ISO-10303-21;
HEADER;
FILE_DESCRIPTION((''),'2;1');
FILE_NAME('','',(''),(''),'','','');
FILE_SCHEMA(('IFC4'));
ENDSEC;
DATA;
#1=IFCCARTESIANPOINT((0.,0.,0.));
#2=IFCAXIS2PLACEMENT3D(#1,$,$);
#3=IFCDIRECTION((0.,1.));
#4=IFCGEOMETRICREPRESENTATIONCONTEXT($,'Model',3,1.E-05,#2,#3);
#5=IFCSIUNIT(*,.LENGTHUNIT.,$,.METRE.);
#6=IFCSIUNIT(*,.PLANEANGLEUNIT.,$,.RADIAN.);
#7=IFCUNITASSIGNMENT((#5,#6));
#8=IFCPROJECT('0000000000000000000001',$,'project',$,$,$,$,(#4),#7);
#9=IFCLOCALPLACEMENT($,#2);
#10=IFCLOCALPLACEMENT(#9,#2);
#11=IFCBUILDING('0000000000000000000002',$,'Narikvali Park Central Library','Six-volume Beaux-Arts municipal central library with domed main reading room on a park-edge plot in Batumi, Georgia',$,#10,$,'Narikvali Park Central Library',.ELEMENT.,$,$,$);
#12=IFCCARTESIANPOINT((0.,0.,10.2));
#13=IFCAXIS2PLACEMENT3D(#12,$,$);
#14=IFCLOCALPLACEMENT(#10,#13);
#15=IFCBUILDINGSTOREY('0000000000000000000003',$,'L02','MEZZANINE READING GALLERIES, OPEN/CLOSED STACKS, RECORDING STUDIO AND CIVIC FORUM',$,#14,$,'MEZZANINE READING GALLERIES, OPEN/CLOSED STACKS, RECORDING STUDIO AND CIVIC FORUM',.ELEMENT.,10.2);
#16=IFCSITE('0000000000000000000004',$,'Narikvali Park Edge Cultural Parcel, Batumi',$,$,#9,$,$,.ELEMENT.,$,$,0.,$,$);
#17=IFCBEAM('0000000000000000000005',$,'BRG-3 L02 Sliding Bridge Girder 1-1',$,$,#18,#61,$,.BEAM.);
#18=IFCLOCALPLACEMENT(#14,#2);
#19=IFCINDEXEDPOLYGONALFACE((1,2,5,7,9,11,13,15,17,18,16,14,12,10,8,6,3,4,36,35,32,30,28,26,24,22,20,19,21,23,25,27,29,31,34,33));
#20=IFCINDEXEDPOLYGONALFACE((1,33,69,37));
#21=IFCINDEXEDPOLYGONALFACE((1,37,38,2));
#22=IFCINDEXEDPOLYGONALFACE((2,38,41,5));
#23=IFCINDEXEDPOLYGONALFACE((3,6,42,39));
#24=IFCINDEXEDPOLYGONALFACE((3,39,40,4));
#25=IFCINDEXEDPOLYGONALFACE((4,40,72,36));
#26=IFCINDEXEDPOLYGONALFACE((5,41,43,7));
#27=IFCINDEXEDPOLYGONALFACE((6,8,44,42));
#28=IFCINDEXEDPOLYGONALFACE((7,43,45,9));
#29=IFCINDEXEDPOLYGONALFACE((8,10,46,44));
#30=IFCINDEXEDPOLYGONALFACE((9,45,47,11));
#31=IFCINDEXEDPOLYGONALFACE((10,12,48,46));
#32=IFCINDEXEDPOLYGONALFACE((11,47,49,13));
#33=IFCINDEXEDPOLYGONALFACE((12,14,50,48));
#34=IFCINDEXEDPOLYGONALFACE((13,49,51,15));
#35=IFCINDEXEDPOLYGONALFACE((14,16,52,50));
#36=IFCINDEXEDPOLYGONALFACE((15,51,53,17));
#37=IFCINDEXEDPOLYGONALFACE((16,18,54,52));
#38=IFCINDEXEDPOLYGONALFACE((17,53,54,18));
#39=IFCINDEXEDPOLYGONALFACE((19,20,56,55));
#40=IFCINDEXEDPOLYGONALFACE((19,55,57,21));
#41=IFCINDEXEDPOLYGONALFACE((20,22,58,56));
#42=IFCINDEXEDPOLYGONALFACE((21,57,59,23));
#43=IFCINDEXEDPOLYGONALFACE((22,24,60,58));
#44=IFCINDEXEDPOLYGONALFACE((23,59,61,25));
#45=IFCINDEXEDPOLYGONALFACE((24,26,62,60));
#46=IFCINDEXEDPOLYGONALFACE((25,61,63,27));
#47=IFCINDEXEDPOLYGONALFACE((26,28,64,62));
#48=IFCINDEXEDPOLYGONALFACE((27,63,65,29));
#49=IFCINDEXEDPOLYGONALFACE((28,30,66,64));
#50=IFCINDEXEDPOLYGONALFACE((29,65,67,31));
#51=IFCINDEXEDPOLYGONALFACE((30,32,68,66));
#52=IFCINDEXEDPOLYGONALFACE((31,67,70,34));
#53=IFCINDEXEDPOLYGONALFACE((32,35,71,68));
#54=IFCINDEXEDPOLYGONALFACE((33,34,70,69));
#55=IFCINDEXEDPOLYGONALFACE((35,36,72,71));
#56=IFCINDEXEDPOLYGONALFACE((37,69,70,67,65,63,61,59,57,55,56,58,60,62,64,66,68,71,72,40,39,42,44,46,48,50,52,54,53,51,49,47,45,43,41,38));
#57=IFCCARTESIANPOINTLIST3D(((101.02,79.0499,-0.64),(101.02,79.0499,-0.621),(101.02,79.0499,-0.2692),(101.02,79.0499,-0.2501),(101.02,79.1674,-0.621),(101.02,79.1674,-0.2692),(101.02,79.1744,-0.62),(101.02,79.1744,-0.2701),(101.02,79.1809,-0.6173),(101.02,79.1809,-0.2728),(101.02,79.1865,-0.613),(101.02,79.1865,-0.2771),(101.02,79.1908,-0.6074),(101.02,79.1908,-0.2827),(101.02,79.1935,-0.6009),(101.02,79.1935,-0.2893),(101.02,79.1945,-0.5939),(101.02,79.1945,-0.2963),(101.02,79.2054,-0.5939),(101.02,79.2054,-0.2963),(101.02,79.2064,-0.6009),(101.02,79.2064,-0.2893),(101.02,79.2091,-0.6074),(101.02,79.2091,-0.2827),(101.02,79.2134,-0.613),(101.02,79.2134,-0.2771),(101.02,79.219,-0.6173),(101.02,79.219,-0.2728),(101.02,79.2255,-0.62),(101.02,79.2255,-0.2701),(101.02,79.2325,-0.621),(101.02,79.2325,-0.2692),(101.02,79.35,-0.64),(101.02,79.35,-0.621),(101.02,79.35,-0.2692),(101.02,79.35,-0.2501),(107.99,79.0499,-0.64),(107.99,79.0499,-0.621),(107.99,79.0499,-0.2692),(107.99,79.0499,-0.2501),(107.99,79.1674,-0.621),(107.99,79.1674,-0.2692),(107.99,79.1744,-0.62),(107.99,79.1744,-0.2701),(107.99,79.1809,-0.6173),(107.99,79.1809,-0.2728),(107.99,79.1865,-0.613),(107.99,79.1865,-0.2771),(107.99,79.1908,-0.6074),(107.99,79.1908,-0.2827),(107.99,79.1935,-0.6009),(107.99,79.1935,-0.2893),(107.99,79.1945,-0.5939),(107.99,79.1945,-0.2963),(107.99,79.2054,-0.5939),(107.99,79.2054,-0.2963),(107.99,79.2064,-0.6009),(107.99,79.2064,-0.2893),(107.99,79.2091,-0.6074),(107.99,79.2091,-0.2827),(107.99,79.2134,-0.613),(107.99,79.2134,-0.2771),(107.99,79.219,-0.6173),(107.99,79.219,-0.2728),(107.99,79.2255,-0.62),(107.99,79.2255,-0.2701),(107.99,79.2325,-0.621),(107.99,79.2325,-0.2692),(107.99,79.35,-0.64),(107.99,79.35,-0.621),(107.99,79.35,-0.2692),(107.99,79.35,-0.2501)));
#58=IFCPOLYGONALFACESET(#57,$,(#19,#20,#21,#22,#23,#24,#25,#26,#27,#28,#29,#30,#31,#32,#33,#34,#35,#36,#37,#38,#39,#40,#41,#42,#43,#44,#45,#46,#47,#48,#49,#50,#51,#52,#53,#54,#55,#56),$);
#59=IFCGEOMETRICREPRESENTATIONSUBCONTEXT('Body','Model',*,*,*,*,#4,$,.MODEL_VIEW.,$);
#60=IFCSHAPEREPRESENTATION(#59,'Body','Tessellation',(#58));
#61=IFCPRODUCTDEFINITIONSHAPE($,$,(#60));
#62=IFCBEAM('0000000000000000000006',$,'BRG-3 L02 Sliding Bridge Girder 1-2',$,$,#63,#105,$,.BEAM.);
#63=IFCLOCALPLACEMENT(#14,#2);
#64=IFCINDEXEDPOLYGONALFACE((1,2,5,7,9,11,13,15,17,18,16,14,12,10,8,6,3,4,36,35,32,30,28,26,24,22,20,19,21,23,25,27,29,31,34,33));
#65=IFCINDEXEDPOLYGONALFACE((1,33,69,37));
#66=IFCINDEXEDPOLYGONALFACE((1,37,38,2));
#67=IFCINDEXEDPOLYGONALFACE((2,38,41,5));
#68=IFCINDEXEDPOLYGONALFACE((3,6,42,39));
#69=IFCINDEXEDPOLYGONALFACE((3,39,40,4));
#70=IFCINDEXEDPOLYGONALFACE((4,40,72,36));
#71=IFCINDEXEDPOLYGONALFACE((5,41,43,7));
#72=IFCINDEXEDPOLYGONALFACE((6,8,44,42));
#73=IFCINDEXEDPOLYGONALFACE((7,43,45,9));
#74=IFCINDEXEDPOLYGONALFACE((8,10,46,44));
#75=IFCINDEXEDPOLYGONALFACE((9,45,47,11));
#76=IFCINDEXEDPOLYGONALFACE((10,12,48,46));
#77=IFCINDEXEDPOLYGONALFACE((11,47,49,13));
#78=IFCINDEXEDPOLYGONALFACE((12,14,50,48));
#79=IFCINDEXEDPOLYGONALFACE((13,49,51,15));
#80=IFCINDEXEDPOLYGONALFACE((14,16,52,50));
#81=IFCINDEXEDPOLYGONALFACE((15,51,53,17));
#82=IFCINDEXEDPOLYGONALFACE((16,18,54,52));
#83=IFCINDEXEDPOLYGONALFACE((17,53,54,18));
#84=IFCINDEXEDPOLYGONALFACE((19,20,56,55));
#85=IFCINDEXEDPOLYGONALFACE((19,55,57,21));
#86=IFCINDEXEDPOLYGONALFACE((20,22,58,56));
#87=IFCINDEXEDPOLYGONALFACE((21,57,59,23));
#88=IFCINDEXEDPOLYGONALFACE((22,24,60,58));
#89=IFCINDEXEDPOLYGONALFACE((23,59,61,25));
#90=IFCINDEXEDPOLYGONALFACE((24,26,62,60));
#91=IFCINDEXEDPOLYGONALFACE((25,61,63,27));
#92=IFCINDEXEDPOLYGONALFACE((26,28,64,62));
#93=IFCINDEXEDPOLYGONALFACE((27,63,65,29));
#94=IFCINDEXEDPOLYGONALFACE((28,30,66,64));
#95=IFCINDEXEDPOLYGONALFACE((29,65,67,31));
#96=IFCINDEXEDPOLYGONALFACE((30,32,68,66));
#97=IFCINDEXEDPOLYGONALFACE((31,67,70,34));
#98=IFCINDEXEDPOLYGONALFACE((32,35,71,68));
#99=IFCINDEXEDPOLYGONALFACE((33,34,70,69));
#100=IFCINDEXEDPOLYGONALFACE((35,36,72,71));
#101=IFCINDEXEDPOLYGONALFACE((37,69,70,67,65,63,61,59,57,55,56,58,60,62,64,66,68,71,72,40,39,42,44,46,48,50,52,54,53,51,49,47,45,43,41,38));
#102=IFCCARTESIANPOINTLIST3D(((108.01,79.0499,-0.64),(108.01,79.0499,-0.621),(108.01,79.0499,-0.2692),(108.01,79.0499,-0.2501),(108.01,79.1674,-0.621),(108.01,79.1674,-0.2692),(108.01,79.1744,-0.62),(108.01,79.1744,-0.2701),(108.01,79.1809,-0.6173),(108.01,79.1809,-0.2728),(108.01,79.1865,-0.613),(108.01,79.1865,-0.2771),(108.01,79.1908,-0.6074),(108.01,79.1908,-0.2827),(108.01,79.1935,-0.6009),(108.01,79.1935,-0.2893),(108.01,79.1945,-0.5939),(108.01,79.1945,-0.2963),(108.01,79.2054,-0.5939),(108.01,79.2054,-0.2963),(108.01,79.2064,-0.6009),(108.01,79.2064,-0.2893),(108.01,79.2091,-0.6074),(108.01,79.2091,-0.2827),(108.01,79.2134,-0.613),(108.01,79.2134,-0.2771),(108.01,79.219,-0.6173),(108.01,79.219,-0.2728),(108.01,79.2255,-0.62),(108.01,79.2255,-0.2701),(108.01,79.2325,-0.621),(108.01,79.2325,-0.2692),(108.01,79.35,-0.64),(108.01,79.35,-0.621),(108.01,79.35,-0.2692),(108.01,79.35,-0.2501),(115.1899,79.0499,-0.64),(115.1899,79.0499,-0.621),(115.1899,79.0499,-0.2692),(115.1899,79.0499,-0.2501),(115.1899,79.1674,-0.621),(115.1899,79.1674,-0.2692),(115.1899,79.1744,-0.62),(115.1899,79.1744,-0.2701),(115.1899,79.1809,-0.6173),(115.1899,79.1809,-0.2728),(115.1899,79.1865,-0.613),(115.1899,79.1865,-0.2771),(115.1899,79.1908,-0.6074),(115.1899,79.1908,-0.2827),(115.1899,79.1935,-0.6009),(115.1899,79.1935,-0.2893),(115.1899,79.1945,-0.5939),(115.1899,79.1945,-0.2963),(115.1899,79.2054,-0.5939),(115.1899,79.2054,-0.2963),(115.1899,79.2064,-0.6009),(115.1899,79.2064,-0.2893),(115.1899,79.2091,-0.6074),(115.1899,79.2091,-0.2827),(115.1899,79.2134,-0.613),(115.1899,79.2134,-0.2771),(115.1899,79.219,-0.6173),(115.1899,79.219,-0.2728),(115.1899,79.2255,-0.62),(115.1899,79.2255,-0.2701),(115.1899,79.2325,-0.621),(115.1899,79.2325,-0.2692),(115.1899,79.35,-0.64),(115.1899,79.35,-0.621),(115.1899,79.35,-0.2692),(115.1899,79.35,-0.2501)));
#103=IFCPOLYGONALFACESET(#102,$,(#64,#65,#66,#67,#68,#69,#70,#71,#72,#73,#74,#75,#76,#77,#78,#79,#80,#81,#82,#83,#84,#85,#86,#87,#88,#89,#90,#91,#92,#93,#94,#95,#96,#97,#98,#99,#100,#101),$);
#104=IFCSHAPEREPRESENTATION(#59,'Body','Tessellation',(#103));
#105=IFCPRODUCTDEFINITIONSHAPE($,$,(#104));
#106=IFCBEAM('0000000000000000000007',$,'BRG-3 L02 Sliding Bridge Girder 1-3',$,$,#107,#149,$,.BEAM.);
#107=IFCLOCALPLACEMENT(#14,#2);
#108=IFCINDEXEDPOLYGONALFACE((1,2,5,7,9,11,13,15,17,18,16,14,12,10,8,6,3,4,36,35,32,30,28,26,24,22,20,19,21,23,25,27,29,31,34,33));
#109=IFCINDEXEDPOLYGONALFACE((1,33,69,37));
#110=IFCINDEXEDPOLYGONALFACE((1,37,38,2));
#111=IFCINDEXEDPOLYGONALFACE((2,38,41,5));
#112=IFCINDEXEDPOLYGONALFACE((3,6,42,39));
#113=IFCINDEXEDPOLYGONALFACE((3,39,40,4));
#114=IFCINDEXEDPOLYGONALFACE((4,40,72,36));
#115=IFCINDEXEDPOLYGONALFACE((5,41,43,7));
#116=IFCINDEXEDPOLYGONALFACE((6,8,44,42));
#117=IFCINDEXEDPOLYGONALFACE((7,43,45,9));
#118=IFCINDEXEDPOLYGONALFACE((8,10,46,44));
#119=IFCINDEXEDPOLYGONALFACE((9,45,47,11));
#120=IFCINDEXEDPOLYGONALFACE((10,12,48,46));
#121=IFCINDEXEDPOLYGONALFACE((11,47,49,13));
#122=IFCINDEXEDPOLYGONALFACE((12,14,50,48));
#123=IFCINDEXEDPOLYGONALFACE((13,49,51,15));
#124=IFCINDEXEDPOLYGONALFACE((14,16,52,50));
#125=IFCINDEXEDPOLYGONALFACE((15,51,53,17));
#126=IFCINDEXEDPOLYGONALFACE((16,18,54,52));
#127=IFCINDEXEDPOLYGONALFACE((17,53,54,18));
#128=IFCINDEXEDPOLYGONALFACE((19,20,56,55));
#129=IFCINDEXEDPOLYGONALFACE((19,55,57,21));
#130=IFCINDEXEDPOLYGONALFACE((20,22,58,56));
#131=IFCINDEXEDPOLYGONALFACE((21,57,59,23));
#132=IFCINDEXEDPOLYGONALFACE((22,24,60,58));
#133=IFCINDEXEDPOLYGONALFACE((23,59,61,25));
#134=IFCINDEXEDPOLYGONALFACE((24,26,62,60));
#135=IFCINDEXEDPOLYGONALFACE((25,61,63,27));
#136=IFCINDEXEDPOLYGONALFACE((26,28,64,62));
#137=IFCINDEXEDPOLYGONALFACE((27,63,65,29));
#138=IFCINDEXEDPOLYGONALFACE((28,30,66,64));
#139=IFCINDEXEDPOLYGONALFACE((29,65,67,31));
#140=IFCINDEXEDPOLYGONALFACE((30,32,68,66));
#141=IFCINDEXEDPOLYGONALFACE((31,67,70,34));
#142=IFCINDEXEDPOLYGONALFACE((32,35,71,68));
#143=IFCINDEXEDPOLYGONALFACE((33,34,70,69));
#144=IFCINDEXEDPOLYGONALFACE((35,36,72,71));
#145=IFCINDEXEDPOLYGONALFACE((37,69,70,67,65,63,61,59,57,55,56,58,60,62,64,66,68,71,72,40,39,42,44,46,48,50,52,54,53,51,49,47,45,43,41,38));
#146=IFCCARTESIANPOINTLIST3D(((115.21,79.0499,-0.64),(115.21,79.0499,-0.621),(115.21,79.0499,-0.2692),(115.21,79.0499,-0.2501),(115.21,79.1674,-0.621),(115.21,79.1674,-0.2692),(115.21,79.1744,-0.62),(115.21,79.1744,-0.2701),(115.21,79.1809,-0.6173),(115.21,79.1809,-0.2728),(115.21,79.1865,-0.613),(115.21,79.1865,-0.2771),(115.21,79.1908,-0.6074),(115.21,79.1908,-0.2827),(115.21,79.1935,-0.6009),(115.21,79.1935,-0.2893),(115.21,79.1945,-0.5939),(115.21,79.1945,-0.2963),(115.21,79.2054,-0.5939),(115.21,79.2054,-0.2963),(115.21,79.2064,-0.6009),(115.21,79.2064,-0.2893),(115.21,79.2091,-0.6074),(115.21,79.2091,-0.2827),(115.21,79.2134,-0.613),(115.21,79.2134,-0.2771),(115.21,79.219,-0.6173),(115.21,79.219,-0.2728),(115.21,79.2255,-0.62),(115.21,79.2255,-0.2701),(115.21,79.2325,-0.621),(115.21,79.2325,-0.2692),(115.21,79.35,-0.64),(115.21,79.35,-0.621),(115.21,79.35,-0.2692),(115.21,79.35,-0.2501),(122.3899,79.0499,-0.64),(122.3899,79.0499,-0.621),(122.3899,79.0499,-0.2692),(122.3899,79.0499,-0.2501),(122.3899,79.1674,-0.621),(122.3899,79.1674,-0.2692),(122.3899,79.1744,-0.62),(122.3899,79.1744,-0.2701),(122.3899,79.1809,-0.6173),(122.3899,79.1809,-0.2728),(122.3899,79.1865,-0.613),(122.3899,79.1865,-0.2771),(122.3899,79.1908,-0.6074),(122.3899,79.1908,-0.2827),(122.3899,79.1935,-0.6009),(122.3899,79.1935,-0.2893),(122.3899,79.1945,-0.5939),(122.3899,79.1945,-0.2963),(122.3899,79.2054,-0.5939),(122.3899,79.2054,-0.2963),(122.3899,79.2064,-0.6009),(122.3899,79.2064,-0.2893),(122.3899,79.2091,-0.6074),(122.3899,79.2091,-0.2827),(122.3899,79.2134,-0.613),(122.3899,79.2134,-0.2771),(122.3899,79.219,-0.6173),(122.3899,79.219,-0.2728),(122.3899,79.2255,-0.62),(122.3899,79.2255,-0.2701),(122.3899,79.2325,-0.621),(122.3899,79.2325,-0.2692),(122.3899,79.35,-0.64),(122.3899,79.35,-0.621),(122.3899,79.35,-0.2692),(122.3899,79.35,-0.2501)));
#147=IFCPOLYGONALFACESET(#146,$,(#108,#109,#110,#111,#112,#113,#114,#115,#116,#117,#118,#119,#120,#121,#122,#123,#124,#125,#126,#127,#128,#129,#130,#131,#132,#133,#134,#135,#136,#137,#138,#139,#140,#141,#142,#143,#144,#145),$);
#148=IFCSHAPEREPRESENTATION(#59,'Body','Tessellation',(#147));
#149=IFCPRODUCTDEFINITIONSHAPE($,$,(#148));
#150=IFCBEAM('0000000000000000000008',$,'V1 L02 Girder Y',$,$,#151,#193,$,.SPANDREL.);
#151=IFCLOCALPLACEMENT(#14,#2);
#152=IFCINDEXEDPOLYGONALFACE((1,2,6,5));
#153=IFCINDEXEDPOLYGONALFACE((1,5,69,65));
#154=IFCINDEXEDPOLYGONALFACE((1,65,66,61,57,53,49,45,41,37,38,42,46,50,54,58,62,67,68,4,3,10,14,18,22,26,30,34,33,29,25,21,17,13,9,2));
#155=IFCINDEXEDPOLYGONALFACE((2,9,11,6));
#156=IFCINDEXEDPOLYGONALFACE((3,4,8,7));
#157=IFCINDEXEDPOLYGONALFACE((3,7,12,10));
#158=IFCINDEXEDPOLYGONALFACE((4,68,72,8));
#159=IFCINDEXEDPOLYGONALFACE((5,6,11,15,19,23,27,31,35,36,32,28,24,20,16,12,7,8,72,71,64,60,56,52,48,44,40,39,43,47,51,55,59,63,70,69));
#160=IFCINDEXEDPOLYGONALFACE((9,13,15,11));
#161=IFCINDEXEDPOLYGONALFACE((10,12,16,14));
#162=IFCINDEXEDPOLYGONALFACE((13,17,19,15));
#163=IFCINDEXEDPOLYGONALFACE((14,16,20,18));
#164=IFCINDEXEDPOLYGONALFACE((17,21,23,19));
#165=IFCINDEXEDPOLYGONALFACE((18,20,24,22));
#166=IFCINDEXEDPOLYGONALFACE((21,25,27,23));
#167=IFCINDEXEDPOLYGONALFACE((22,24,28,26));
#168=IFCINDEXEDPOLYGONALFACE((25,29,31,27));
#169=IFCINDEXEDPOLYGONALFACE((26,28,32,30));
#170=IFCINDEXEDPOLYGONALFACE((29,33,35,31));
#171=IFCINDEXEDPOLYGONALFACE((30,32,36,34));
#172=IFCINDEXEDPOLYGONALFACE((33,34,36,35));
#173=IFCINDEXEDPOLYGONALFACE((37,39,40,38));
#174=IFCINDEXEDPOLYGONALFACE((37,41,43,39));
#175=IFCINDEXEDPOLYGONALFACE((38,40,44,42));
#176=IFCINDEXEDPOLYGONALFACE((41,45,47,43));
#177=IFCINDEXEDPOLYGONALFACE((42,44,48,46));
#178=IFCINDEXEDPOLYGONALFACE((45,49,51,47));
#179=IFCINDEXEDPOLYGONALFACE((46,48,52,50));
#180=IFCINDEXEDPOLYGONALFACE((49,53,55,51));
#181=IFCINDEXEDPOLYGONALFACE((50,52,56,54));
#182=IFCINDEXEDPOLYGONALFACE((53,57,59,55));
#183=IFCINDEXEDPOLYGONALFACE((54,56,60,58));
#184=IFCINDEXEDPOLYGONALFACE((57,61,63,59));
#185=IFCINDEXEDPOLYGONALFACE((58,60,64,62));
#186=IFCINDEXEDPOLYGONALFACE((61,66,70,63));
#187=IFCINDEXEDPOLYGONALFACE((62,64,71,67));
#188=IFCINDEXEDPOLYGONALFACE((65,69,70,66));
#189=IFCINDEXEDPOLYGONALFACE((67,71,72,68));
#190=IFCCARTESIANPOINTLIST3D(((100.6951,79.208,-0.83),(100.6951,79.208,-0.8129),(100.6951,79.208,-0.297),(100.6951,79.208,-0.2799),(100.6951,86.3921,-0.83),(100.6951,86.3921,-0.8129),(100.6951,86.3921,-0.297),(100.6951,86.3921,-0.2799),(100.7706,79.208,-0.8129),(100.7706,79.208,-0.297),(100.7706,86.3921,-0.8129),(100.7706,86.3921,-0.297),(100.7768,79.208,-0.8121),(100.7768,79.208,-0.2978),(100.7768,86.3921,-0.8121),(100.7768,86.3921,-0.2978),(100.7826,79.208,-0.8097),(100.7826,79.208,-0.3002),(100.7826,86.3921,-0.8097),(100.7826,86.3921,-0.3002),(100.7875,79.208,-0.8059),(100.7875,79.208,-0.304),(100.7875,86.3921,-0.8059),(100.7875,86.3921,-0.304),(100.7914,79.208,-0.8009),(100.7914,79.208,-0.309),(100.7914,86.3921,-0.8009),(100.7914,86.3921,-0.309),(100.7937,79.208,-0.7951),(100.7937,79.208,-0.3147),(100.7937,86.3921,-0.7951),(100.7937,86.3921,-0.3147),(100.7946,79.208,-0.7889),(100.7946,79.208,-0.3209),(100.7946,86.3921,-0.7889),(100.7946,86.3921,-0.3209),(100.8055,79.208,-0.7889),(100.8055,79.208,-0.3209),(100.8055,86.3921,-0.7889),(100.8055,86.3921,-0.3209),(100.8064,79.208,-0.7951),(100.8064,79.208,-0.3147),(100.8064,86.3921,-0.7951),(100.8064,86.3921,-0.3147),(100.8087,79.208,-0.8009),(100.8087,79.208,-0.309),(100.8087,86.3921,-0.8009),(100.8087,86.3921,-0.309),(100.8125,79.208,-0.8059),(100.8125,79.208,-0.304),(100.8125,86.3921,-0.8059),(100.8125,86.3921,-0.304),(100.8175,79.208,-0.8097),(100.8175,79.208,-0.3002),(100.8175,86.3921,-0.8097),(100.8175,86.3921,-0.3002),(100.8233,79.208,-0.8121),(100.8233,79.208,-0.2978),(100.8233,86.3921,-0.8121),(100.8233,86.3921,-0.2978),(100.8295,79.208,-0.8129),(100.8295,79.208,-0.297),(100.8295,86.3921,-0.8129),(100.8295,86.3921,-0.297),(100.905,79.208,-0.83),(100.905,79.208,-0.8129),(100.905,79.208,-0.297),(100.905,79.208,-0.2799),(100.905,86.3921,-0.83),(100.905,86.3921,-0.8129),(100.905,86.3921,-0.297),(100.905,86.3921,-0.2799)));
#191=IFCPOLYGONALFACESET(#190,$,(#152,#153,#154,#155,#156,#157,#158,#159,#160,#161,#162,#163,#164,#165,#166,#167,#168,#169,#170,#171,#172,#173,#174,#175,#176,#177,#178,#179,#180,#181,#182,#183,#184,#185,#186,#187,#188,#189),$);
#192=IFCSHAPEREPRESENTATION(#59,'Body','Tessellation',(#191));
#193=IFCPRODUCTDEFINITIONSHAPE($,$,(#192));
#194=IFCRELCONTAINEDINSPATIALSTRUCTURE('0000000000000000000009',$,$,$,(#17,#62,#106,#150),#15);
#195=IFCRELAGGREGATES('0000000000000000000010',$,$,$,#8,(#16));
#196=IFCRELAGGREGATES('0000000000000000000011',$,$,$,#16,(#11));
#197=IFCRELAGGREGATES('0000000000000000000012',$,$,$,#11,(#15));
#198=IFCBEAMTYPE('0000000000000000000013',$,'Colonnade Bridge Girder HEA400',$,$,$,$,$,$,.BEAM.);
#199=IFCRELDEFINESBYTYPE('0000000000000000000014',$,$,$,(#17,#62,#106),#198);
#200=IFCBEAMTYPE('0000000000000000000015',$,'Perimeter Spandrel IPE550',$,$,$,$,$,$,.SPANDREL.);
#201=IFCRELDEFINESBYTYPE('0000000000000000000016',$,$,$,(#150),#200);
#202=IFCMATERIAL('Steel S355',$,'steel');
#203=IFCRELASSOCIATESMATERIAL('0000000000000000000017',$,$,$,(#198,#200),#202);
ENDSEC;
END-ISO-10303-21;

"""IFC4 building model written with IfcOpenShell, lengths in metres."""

from ifc_helpers import new_model, si_unit, direction, frame, origin, origin_2d, place, context, subcontext, project, spatial, i_section, extrude, material, material_profile, profile_set, type_object, element, save


model = new_model("IFC4")

# Units and contexts
model_context = context("Model", 3, precision=1e-05, world=origin(), true_north=direction((0.0, 1.0)))
body_context = subcontext(model_context, "Body", "Model", "MODEL_VIEW")
ifc_project = project(units=[si_unit("LENGTHUNIT", "METRE"), si_unit("PLANEANGLEUNIT", "RADIAN")], contexts=[model_context])

# Site, building, storey
site_placement = place(None, origin())
site = spatial("IfcSite", under=ifc_project, at=site_placement, Name="Narikvali Park Edge Cultural Parcel, Batumi", CompositionType="ELEMENT", RefElevation=0.0)
building_placement = place(site_placement, origin())
building = spatial("IfcBuilding", under=site, at=building_placement, Name="Narikvali Park Central Library", Description="Six-volume Beaux-Arts municipal central library with domed main reading room on a park-edge plot in Batumi, Georgia", LongName="Narikvali Park Central Library", CompositionType="ELEMENT")
storey_placement = place(building_placement, frame((0.0, 0.0, 10.2)))
storey = spatial("IfcBuildingStorey", under=building, at=storey_placement, Name="L02", Description="MEZZANINE READING GALLERIES, OPEN/CLOSED STACKS, RECORDING STUDIO AND CIVIC FORUM", LongName="MEZZANINE READING GALLERIES, OPEN/CLOSED STACKS, RECORDING STUDIO AND CIVIC FORUM", CompositionType="ELEMENT", Elevation=10.2)

# Shared definitions
ifc_material_1 = material(Name="Steel S355", Category="steel")

# Beams
ifc_material_profile_1 = material_profile(ifc_material_1, i_section(OverallWidth=0.3, OverallDepth=0.3899, WebThickness=0.011, FlangeThickness=0.019, FilletRadius=0.0271, at=origin_2d()), Name="HEA 400")
ifc_profile_set_1 = profile_set([ifc_material_profile_1], Name="Steel S355")
beam_type_1 = type_object("IfcBeamType", Name="Colonnade Bridge Girder HEA400", PredefinedType="BEAM", material=ifc_profile_set_1)
beam_1_placement = place(storey_placement, frame((101.02, 79.2, -0.4451), z_axis=(1.0, 0.0, 0.0), x_axis=(0.0, 1.0, 0.0)))
element("IfcBeam", 1, at=beam_1_placement, inside=storey, type_object=beam_type_1, Name="BRG-3 L02 Sliding Bridge Girder 1-1", PredefinedType="BEAM", context=body_context, shape_type="SweptSolid", body=[
    extrude(i_section(OverallWidth=0.3, OverallDepth=0.3899, WebThickness=0.011, FlangeThickness=0.019, FilletRadius=0.0271, at=origin_2d()), origin(), (0.0, 0.0, 1.0), 6.97),
])
for number, where, z_axis, x_axis, name in (
    (2, (108.01, 79.2, -0.4451), (1.0, 0.0, 0.0), (0.0, 1.0, 0.0), "BRG-3 L02 Sliding Bridge Girder 1-2"),
    (3, (115.21, 79.2, -0.4451), (1.0, 0.0, 0.0), (0.0, 1.0, 0.0), "BRG-3 L02 Sliding Bridge Girder 1-3"),
):
    element("IfcBeam", number, at=place(storey_placement, frame(where, z_axis=z_axis, x_axis=x_axis)), inside=storey, type_object=beam_type_1, Name=name, PredefinedType="BEAM", context=body_context, shape_type="SweptSolid", body=[
        extrude(i_section(OverallWidth=0.3, OverallDepth=0.3899, WebThickness=0.011, FlangeThickness=0.019, FilletRadius=0.0271, at=origin_2d()), origin(), (0.0, 0.0, 1.0), 7.1799),
    ])
ifc_material_profile_2 = material_profile(ifc_material_1, i_section(OverallWidth=0.21, OverallDepth=0.55, WebThickness=0.011, FlangeThickness=0.0171, FilletRadius=0.0239, at=origin_2d()), Name="IPE 550")
ifc_profile_set_2 = profile_set([ifc_material_profile_2], Name="Steel S355")
beam_type_2 = type_object("IfcBeamType", Name="Perimeter Spandrel IPE550", PredefinedType="SPANDREL", material=ifc_profile_set_2)
beam_2_placement = place(storey_placement, frame((100.8, 79.208, -0.5549), z_axis=(0.0, 1.0, 0.0), x_axis=(-1.0, 0.0, 0.0)))
element("IfcBeam", 4, at=beam_2_placement, inside=storey, type_object=beam_type_2, Name="V1 L02 Girder Y", PredefinedType="SPANDREL", context=body_context, shape_type="SweptSolid", body=[
    extrude(i_section(OverallWidth=0.21, OverallDepth=0.55, WebThickness=0.011, FlangeThickness=0.0171, FilletRadius=0.0239, at=origin_2d()), origin(), (0.0, 0.0, 1.0), 7.1841),
])

save(model, "model.ifc")
